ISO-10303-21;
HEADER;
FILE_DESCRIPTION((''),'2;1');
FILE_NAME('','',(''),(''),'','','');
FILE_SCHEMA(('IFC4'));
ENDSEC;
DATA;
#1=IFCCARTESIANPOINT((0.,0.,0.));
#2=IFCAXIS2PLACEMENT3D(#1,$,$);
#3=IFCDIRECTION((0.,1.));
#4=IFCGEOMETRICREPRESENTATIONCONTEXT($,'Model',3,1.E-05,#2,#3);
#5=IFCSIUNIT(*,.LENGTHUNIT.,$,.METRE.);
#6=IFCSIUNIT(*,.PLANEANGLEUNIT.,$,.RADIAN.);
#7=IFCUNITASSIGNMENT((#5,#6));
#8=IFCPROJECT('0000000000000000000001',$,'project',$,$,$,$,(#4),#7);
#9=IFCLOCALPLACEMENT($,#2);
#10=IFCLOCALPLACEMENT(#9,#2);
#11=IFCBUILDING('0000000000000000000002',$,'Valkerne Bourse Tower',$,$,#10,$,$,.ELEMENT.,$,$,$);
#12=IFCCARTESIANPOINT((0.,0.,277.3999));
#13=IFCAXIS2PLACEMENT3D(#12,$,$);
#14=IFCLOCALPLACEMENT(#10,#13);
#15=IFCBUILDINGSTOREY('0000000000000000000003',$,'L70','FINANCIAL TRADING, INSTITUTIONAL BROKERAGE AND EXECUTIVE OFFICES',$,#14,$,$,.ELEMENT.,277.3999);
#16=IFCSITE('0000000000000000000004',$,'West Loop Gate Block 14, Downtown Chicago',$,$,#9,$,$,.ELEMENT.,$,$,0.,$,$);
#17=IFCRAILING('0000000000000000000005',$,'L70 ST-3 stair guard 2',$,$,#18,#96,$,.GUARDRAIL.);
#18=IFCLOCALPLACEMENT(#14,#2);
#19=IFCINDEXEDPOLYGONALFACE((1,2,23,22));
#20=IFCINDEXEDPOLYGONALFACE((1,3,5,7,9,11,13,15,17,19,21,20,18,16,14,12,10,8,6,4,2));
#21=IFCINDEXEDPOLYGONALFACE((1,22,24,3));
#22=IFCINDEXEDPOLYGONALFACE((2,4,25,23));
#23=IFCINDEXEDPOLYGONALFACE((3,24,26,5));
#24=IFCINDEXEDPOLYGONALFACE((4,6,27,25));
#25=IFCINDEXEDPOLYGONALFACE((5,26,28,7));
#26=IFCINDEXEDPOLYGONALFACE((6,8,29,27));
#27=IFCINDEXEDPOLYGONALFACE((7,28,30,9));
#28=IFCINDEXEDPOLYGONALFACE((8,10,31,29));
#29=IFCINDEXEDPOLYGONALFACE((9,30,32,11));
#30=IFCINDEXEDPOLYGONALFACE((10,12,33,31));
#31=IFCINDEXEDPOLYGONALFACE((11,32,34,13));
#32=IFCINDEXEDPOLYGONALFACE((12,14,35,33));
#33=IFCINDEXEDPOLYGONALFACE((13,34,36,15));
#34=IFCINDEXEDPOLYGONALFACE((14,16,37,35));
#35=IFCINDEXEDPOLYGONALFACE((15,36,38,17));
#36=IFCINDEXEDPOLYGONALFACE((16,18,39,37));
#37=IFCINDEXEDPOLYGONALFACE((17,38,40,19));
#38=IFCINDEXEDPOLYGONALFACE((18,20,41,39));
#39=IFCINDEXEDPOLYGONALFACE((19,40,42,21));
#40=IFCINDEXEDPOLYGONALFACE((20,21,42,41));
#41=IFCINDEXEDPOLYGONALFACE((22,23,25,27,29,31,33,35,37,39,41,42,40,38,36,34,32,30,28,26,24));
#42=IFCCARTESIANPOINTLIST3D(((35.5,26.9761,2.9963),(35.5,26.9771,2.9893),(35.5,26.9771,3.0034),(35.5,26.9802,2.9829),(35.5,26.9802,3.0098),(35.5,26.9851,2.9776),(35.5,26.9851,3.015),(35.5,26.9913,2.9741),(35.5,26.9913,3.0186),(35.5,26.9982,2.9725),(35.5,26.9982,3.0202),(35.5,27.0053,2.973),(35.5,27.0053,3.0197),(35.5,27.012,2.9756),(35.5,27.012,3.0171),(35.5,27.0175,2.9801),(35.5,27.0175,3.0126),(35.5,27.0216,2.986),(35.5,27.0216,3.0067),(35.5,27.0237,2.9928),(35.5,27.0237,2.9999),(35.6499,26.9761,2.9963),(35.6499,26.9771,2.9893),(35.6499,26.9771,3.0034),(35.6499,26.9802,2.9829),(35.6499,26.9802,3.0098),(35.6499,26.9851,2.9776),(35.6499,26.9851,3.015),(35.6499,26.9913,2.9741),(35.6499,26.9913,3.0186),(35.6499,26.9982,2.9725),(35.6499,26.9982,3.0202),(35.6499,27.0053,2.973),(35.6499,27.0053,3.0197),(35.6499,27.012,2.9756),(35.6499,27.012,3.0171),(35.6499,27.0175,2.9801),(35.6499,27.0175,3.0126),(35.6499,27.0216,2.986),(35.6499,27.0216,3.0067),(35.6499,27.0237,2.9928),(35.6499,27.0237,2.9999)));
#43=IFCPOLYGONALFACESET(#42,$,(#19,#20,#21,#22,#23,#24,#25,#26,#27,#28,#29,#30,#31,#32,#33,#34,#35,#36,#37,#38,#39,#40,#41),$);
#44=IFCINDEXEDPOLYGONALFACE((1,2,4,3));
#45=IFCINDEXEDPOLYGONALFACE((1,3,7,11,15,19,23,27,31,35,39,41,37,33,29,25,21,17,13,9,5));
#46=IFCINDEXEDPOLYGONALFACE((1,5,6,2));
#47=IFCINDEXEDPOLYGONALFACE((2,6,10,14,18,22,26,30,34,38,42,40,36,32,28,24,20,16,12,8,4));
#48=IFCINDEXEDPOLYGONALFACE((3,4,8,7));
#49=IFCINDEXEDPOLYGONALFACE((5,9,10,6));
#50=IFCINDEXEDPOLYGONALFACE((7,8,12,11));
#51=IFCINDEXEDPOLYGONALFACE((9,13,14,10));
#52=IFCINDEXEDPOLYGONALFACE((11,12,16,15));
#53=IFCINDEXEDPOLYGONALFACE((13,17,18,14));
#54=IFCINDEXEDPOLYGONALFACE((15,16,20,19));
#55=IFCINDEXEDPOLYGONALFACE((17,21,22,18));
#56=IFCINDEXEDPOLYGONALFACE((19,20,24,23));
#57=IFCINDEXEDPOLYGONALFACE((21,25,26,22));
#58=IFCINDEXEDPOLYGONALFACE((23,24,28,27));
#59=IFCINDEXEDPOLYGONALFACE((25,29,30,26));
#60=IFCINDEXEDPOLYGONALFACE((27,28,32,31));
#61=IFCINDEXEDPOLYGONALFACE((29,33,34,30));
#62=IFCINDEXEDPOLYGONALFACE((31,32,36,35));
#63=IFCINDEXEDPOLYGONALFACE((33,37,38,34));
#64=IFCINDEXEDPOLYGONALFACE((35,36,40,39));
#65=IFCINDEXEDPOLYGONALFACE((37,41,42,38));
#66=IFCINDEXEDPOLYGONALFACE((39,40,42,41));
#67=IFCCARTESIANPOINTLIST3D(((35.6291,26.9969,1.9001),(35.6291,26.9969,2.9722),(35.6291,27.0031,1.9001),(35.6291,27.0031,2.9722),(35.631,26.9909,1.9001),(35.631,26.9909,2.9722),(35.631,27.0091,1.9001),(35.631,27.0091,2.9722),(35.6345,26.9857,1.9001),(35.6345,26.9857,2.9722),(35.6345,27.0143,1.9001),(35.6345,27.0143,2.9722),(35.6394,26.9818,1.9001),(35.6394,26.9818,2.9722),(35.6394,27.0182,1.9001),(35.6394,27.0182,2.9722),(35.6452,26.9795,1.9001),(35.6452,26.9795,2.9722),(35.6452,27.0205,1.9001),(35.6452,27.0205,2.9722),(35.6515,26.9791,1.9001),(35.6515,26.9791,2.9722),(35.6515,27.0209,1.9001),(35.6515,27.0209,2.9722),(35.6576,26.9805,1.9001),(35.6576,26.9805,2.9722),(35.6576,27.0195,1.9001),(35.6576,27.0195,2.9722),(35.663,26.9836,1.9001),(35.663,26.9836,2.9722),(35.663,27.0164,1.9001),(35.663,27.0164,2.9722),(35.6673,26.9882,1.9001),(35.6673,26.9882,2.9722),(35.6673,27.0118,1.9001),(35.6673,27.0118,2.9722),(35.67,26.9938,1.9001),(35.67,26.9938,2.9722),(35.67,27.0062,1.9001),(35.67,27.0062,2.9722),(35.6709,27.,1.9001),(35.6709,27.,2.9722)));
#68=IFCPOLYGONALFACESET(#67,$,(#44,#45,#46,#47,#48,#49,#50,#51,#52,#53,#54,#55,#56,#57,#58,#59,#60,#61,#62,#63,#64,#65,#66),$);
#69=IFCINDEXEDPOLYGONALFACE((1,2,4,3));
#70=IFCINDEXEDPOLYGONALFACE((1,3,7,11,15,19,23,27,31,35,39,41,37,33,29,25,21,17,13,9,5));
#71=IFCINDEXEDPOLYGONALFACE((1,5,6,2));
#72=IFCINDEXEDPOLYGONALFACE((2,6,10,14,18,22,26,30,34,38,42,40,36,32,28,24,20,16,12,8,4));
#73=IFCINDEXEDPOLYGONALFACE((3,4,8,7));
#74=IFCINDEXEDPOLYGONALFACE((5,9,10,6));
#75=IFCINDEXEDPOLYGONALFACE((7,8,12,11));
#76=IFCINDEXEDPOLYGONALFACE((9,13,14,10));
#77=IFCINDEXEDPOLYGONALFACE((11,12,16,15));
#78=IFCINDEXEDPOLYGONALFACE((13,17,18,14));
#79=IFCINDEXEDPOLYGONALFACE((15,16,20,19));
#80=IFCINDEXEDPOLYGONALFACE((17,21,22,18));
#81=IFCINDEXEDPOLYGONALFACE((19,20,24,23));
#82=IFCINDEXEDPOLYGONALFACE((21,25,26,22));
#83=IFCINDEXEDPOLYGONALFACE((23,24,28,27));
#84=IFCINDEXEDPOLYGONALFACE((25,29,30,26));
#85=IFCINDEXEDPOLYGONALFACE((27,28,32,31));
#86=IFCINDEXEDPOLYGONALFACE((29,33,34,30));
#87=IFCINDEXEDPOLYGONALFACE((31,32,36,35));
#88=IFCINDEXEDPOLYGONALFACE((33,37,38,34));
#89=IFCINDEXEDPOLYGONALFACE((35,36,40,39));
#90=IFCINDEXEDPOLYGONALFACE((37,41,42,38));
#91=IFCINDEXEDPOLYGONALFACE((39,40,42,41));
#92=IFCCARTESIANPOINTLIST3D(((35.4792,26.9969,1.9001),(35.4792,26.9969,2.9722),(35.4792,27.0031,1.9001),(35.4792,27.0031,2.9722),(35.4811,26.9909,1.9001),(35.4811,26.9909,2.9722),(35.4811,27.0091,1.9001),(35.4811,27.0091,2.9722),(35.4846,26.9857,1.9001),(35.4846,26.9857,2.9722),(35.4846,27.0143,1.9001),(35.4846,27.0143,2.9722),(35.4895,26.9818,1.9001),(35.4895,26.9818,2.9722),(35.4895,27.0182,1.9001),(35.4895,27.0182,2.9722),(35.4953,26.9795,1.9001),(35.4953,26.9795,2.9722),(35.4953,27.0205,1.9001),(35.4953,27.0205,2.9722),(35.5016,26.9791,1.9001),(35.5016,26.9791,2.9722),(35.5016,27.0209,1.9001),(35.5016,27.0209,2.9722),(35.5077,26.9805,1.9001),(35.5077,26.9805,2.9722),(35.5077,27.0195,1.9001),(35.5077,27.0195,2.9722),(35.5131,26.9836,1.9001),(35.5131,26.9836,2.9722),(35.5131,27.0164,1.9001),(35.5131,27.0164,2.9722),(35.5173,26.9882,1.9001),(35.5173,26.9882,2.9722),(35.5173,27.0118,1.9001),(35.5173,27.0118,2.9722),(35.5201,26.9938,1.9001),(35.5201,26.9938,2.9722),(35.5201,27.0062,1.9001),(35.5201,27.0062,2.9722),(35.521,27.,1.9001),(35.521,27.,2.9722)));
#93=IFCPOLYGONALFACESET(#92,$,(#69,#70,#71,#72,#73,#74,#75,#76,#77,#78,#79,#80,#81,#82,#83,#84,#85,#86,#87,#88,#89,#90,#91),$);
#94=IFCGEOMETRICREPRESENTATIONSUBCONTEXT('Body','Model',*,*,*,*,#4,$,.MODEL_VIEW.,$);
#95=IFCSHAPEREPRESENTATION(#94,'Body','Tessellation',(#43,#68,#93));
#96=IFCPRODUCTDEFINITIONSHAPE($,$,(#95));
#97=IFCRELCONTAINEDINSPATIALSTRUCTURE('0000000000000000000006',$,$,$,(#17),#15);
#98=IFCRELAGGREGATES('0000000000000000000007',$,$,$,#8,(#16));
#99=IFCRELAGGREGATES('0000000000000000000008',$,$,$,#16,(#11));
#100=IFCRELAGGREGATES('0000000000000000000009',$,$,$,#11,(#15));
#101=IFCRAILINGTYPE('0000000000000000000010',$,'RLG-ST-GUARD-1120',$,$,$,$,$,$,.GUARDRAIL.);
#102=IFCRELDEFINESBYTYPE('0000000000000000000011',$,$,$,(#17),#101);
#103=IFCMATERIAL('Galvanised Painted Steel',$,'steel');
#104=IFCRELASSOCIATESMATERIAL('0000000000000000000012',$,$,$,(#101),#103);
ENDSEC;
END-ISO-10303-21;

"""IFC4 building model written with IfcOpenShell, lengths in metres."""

from ifc_helpers import new_model, si_unit, direction, frame, origin, origin_2d, place, context, subcontext, project, spatial, circle, extrude, material, type_object, element, save


model = new_model("IFC4")

# Units and contexts
model_context = context("Model", 3, precision=1e-05, world=origin(), true_north=direction((0.0, 1.0)))
body_context = subcontext(model_context, "Body", "Model", "MODEL_VIEW")
ifc_project = project(units=[si_unit("LENGTHUNIT", "METRE"), si_unit("PLANEANGLEUNIT", "RADIAN")], contexts=[model_context])

# Site, building, storey
site_placement = place(None, origin())
site = spatial("IfcSite", under=ifc_project, at=site_placement, Name="West Loop Gate Block 14, Downtown Chicago", CompositionType="ELEMENT", RefElevation=0.0)
building_placement = place(site_placement, origin())
building = spatial("IfcBuilding", under=site, at=building_placement, Name="Valkerne Bourse Tower", CompositionType="ELEMENT")
storey_placement = place(building_placement, frame((0.0, 0.0, 277.3999)))
storey = spatial("IfcBuildingStorey", under=building, at=storey_placement, Name="L70", Description="FINANCIAL TRADING, INSTITUTIONAL BROKERAGE AND EXECUTIVE OFFICES", CompositionType="ELEMENT", Elevation=277.3999)

# Railing
ifc_material_1 = material(Name="Galvanised Painted Steel", Category="steel")
railing_type_1 = type_object("IfcRailingType", Name="RLG-ST-GUARD-1120", PredefinedType="GUARDRAIL", material=ifc_material_1)
railing_1_placement = place(storey_placement, frame((35.6499, 27.0, 1.9001)))
element("IfcRailing", 1, at=railing_1_placement, inside=storey, type_object=railing_type_1, Name="L70 ST-3 stair guard 2", PredefinedType="GUARDRAIL", context=body_context, shape_type="SweptSolid", body=[
    extrude(circle(Radius=0.0239, at=origin_2d()), frame((0.0, 0.0, 1.0962), z_axis=(-1.0, 0.0, 0.0), x_axis=(0.0, -1.0, 0.0)), (0.0, 0.0, 1.0), 0.1499),
    extrude(circle(Radius=0.021, at=origin_2d()), origin(), (0.0, 0.0, 1.0), 1.072),
    extrude(circle(Radius=0.021, at=origin_2d()), frame((-0.1499, 0.0, 0.0)), (0.0, 0.0, 1.0), 1.072),
])

save(model, "model.ifc")
